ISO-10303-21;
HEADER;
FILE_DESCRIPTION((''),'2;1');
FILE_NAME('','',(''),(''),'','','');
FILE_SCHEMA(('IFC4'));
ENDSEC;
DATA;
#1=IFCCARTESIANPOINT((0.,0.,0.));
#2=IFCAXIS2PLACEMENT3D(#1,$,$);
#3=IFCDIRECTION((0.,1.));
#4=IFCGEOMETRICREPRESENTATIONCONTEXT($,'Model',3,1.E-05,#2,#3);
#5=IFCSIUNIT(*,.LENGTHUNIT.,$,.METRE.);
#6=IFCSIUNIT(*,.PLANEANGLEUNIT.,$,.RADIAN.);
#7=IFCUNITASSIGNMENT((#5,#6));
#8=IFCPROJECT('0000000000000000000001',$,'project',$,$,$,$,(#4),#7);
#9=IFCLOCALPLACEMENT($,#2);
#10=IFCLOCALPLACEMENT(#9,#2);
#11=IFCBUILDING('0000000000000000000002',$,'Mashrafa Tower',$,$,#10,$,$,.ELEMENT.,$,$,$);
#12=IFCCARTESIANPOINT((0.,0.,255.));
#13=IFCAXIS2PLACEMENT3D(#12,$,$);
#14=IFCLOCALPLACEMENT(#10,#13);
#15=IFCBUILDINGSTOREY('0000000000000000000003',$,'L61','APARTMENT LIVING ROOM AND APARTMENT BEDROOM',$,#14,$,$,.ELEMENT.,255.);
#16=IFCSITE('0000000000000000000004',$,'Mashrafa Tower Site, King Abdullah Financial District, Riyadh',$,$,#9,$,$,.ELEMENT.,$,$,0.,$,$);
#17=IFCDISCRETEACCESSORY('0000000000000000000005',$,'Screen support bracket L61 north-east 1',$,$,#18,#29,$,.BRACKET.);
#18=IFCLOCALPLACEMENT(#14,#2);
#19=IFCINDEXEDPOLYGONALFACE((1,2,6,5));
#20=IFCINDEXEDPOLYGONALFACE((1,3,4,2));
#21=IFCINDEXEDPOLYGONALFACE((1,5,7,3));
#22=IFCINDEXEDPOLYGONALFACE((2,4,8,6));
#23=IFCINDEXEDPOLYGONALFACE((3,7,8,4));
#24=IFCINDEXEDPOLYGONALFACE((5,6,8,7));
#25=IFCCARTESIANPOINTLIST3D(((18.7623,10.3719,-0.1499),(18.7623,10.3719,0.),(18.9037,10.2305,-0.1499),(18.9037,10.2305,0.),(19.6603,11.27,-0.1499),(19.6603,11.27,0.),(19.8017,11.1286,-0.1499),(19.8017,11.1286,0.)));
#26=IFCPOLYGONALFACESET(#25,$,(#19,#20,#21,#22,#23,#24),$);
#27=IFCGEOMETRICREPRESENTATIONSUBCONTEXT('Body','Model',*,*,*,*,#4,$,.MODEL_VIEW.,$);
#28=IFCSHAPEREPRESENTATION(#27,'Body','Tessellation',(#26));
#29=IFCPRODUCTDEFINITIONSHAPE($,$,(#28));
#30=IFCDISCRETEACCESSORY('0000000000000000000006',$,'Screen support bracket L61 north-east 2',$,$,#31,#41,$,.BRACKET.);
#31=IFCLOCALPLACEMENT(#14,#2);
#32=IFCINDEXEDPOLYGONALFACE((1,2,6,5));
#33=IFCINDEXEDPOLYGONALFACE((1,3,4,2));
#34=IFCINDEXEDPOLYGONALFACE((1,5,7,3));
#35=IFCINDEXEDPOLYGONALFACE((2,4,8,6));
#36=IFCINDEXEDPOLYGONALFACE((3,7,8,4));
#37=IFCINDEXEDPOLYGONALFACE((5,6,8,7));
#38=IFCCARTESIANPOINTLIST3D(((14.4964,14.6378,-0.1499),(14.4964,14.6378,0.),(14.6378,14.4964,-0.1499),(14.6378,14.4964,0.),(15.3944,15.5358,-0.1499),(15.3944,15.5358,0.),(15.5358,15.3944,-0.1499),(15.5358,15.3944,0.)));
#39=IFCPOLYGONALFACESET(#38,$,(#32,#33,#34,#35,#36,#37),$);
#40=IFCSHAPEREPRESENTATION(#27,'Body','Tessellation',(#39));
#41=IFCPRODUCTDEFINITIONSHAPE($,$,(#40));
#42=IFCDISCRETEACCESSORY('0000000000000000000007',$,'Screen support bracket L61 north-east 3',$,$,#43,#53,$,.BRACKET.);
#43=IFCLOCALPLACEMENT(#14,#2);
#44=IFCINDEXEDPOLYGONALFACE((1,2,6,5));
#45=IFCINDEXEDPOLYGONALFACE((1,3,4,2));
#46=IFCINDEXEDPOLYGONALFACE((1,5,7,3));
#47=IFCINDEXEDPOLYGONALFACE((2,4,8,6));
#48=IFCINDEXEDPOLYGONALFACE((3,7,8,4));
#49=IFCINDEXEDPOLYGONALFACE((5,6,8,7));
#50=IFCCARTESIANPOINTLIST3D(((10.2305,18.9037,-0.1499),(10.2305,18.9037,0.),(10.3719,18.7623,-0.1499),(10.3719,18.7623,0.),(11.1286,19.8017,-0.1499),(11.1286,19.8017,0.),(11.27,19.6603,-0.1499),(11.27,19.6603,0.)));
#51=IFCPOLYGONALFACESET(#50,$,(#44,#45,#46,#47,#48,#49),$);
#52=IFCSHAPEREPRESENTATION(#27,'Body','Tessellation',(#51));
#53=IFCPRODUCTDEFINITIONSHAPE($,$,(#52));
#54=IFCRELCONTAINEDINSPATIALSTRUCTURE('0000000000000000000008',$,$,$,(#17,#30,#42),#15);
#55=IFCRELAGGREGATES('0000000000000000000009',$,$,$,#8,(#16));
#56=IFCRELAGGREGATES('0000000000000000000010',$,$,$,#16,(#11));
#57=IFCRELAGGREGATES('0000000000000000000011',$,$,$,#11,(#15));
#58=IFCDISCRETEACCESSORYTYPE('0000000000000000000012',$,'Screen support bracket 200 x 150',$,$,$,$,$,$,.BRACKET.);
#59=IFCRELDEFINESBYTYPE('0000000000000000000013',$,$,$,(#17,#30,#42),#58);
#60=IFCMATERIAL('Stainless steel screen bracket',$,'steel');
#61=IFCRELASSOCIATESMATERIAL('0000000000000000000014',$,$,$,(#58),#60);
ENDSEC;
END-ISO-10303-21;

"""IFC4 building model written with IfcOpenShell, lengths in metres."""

from ifc_helpers import new_model, si_unit, direction, frame, origin, origin_2d, place, context, subcontext, project, spatial, rectangle, extrude, source, transform, mapped, material, type_object, type_shapes, element, save


model = new_model("IFC4")

# Units and contexts
model_context = context("Model", 3, precision=1e-05, world=origin(), true_north=direction((0.0, 1.0)))
body_context = subcontext(model_context, "Body", "Model", "MODEL_VIEW")
ifc_project = project(units=[si_unit("LENGTHUNIT", "METRE"), si_unit("PLANEANGLEUNIT", "RADIAN")], contexts=[model_context])

# Site, building, storey
site_placement = place(None, origin())
site = spatial("IfcSite", under=ifc_project, at=site_placement, Name="Mashrafa Tower Site, King Abdullah Financial District, Riyadh", CompositionType="ELEMENT", RefElevation=0.0)
building_placement = place(site_placement, origin())
building = spatial("IfcBuilding", under=site, at=building_placement, Name="Mashrafa Tower", CompositionType="ELEMENT")
storey_placement = place(building_placement, frame((0.0, 0.0, 255.0)))
storey = spatial("IfcBuildingStorey", under=building, at=storey_placement, Name="L61", Description="APARTMENT LIVING ROOM AND APARTMENT BEDROOM", CompositionType="ELEMENT", Elevation=255.0)

# Discrete accessories
ifc_material_1 = material(Name="Stainless steel screen bracket", Category="steel")
discrete_accessory_type = type_object("IfcDiscreteAccessoryType", Name="Screen support bracket 200 x 150", PredefinedType="BRACKET", material=ifc_material_1)
shared_shape_1 = source(origin(), body_context, "Body", "SweptSolid", [
    extrude(rectangle(XDim=0.2, YDim=1.27, at=origin_2d()), origin(), (0.0, 0.0, 1.0), 0.1499),
])
type_shapes(discrete_accessory_type, [shared_shape_1])
for number, where, z_axis, x_axis, name in (
    (1, (19.282, 10.7502, -0.1499), (0.0, 0.0, 1.0), (-0.707107, 0.707107, 0.0), "Screen support bracket L61 north-east 1"),
    (2, (15.0161, 15.0161, -0.1499), (0.0, 0.0, 1.0), (-0.707107, 0.707107, 0.0), "Screen support bracket L61 north-east 2"),
    (3, (10.7502, 19.282, -0.1499), (0.0, 0.0, 1.0), (-0.707107, 0.707107, 0.0), "Screen support bracket L61 north-east 3"),
):
    element("IfcDiscreteAccessory", number, at=place(storey_placement, frame(where, z_axis=z_axis, x_axis=x_axis)), inside=storey, type_object=discrete_accessory_type, Name=name, PredefinedType="BRACKET", context=body_context, shape_type="MappedRepresentation", body=[
        mapped(shared_shape_1, transform((0.0, 0.0, 0.0))),
    ])

save(model, "model.ifc")
